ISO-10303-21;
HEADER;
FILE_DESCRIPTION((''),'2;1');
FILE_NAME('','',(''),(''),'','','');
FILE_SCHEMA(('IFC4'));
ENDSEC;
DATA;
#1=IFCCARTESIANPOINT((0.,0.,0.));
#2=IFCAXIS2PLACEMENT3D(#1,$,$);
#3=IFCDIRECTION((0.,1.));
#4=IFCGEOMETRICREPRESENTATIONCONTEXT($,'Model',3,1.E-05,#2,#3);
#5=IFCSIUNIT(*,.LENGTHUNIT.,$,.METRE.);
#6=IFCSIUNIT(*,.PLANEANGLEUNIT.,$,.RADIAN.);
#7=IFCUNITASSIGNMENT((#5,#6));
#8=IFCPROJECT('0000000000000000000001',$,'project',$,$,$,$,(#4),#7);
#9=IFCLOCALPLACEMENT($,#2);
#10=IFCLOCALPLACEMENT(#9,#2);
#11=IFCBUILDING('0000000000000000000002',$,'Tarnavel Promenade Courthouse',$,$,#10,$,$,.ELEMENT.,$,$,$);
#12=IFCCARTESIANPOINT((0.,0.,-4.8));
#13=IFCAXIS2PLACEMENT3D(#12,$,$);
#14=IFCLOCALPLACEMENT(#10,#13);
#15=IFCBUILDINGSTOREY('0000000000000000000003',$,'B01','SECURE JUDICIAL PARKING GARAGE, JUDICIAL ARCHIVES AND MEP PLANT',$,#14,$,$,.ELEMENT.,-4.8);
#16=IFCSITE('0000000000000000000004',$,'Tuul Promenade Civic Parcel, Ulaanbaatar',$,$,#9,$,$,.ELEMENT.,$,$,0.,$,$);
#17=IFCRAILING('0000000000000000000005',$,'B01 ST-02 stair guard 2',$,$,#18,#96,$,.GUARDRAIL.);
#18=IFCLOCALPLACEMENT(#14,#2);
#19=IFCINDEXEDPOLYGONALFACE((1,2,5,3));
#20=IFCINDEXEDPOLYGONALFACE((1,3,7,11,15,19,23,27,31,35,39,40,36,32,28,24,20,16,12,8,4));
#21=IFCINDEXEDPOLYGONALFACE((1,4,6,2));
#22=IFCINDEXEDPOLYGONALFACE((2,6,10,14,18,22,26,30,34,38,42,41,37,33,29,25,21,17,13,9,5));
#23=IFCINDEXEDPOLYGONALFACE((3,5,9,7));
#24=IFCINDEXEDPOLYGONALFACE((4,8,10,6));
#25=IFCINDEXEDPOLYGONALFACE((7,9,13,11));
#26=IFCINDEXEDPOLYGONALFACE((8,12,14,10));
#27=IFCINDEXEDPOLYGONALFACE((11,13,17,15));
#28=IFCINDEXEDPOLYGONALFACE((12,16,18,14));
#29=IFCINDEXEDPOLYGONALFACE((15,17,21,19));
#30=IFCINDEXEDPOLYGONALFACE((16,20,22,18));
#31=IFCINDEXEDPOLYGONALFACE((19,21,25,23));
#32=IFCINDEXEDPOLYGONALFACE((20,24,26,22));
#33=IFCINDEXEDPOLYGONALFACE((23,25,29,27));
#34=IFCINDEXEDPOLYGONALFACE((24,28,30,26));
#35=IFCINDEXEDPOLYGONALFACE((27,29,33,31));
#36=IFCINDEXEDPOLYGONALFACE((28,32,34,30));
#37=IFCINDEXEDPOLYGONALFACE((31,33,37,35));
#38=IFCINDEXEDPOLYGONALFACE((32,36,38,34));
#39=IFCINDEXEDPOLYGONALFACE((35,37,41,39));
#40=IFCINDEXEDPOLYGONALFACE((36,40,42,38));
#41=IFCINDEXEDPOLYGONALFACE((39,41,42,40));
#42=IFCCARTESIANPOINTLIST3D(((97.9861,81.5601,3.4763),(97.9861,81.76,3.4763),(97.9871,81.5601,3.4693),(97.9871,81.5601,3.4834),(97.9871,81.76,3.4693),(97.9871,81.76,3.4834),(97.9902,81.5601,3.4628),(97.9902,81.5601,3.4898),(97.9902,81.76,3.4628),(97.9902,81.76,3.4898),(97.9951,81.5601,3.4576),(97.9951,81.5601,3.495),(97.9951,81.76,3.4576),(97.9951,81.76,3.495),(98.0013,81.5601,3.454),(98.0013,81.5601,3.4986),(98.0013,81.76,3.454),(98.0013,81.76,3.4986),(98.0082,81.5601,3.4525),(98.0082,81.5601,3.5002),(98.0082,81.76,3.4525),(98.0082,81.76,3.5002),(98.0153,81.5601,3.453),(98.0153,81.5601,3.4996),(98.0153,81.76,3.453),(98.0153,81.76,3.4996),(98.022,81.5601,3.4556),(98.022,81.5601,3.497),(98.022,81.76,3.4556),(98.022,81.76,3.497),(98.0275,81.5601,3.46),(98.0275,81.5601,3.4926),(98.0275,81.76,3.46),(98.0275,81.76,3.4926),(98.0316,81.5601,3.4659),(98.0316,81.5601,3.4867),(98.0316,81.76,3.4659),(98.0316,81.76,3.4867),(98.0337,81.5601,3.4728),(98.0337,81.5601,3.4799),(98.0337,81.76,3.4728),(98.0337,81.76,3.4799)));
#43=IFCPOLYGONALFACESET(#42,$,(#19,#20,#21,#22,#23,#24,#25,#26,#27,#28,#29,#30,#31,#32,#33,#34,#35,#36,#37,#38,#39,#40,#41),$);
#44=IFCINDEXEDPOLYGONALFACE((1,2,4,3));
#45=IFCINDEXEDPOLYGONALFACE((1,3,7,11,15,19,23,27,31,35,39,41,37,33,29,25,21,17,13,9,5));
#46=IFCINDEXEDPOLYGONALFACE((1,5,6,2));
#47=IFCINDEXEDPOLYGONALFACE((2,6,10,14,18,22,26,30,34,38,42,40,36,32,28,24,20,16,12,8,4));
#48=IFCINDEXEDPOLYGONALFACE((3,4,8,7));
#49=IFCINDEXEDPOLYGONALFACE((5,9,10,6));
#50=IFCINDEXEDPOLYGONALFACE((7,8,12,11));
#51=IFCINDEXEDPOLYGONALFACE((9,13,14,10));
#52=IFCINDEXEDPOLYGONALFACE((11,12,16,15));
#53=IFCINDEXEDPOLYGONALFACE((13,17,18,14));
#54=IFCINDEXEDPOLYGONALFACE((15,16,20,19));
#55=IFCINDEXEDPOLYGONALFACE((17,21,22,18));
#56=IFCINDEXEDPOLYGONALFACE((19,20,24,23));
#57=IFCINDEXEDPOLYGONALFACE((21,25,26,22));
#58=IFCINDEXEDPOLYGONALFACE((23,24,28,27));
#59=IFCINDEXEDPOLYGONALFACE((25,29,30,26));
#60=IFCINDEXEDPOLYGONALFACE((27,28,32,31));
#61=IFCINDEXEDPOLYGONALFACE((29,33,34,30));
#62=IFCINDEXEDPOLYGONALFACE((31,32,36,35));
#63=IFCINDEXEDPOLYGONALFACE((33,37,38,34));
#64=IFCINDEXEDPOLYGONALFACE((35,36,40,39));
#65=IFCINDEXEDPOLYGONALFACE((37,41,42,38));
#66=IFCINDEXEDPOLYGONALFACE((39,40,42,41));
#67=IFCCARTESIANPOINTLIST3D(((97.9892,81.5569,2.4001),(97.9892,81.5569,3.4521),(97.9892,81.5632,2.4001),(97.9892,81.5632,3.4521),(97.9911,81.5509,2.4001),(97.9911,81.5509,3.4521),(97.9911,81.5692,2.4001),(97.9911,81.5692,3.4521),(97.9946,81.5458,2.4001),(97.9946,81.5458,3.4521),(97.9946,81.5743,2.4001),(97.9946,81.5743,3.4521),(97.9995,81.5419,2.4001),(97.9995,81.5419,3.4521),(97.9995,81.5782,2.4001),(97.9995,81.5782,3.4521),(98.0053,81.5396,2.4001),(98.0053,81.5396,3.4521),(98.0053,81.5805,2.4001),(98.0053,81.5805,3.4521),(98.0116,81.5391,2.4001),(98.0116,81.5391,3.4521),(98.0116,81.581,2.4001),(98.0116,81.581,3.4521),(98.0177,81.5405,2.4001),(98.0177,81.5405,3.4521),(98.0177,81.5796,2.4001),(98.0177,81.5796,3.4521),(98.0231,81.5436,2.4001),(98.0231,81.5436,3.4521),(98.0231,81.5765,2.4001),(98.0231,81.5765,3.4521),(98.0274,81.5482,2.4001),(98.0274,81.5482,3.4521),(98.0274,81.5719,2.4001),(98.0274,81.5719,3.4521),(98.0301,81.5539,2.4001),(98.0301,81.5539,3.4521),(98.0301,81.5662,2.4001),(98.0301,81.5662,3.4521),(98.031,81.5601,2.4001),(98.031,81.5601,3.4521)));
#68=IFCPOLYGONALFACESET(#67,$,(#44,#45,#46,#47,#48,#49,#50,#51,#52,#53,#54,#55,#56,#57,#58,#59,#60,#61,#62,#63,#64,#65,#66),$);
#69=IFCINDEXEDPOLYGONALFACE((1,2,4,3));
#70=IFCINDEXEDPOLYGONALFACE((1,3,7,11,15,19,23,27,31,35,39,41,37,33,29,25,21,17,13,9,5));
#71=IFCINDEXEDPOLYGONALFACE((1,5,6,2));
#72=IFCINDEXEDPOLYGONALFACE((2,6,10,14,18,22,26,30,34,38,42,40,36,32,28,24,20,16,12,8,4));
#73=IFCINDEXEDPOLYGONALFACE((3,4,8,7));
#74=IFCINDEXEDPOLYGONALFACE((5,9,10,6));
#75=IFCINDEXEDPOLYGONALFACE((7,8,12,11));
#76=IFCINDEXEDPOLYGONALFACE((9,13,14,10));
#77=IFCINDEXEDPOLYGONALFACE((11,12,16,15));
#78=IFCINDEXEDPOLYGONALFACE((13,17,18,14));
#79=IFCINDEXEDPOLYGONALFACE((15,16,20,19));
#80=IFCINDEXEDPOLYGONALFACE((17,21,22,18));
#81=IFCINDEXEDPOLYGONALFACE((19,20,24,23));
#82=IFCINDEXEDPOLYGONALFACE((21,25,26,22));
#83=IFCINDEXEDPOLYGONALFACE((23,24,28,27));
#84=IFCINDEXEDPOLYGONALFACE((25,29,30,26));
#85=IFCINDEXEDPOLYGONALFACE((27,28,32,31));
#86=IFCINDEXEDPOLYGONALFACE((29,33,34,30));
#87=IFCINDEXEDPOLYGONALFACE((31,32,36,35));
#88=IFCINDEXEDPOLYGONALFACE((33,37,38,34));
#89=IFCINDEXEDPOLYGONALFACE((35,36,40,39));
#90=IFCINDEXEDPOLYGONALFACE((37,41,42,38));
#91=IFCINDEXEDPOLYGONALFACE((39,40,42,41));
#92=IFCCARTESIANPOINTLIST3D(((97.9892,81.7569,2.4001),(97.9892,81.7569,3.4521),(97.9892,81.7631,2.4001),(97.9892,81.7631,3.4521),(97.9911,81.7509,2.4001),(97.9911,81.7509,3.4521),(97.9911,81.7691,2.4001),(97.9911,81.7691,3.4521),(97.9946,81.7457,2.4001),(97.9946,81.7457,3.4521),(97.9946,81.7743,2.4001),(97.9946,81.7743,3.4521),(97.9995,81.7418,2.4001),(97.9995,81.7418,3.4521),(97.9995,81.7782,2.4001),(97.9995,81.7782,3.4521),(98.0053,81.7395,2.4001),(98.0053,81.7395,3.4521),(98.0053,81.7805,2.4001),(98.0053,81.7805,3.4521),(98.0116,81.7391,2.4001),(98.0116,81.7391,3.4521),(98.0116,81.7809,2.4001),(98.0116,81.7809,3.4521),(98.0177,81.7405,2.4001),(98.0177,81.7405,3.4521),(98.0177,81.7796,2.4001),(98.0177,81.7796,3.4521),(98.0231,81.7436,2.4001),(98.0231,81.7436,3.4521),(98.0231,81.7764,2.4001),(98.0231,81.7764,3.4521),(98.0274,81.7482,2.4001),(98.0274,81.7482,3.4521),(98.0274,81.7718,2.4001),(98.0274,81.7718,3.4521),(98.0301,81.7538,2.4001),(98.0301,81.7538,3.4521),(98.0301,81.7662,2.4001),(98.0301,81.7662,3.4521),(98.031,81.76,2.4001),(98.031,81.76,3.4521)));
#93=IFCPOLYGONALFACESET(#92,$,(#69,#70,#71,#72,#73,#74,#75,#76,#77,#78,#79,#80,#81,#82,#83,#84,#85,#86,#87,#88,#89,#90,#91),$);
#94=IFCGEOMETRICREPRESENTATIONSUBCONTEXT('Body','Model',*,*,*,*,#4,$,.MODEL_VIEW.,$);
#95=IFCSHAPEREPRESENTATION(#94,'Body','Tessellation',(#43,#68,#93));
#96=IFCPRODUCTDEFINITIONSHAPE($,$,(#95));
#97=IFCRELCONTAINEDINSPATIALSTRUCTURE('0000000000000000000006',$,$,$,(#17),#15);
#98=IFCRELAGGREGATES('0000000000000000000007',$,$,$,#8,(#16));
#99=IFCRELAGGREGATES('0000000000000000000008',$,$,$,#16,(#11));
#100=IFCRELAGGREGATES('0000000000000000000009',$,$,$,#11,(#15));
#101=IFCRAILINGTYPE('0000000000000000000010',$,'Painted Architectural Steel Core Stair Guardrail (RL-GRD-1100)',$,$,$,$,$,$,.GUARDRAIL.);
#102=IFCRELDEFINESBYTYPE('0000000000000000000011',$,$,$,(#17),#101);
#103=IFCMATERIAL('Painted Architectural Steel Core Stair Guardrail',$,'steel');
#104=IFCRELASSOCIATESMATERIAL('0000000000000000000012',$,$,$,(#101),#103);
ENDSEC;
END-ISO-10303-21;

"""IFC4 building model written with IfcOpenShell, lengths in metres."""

from ifc_helpers import new_model, si_unit, direction, frame, origin, origin_2d, place, context, subcontext, project, spatial, circle, extrude, material, type_object, element, save


model = new_model("IFC4")

# Units and contexts
model_context = context("Model", 3, precision=1e-05, world=origin(), true_north=direction((0.0, 1.0)))
body_context = subcontext(model_context, "Body", "Model", "MODEL_VIEW")
ifc_project = project(units=[si_unit("LENGTHUNIT", "METRE"), si_unit("PLANEANGLEUNIT", "RADIAN")], contexts=[model_context])

# Site, building, storey
site_placement = place(None, origin())
site = spatial("IfcSite", under=ifc_project, at=site_placement, Name="Tuul Promenade Civic Parcel, Ulaanbaatar", CompositionType="ELEMENT", RefElevation=0.0)
building_placement = place(site_placement, origin())
building = spatial("IfcBuilding", under=site, at=building_placement, Name="Tarnavel Promenade Courthouse", CompositionType="ELEMENT")
storey_placement = place(building_placement, frame((0.0, 0.0, -4.8)))
storey = spatial("IfcBuildingStorey", under=building, at=storey_placement, Name="B01", Description="SECURE JUDICIAL PARKING GARAGE, JUDICIAL ARCHIVES AND MEP PLANT", CompositionType="ELEMENT", Elevation=-4.8)

# Railing
ifc_material_1 = material(Name="Painted Architectural Steel Core Stair Guardrail", Category="steel")
railing_type_1 = type_object("IfcRailingType", Name="Painted Architectural Steel Core Stair Guardrail (RL-GRD-1100)", PredefinedType="GUARDRAIL", material=ifc_material_1)
railing_1_placement = place(storey_placement, frame((98.01, 81.5601, 2.4001)))
element("IfcRailing", 1, at=railing_1_placement, inside=storey, type_object=railing_type_1, Name="B01 ST-02 stair guard 2", PredefinedType="GUARDRAIL", context=body_context, shape_type="SweptSolid", body=[
    extrude(circle(Radius=0.0239, at=origin_2d()), frame((0.0, 0.0, 1.0762), z_axis=(0.0, 1.0, 0.0), x_axis=(-1.0, 0.0, 0.0)), (0.0, 0.0, 1.0), 0.2),
    extrude(circle(Radius=0.021, at=origin_2d()), origin(), (0.0, 0.0, 1.0), 1.052),
    extrude(circle(Radius=0.021, at=origin_2d()), frame((0.0, 0.2, 0.0)), (0.0, 0.0, 1.0), 1.052),
])

save(model, "model.ifc")
